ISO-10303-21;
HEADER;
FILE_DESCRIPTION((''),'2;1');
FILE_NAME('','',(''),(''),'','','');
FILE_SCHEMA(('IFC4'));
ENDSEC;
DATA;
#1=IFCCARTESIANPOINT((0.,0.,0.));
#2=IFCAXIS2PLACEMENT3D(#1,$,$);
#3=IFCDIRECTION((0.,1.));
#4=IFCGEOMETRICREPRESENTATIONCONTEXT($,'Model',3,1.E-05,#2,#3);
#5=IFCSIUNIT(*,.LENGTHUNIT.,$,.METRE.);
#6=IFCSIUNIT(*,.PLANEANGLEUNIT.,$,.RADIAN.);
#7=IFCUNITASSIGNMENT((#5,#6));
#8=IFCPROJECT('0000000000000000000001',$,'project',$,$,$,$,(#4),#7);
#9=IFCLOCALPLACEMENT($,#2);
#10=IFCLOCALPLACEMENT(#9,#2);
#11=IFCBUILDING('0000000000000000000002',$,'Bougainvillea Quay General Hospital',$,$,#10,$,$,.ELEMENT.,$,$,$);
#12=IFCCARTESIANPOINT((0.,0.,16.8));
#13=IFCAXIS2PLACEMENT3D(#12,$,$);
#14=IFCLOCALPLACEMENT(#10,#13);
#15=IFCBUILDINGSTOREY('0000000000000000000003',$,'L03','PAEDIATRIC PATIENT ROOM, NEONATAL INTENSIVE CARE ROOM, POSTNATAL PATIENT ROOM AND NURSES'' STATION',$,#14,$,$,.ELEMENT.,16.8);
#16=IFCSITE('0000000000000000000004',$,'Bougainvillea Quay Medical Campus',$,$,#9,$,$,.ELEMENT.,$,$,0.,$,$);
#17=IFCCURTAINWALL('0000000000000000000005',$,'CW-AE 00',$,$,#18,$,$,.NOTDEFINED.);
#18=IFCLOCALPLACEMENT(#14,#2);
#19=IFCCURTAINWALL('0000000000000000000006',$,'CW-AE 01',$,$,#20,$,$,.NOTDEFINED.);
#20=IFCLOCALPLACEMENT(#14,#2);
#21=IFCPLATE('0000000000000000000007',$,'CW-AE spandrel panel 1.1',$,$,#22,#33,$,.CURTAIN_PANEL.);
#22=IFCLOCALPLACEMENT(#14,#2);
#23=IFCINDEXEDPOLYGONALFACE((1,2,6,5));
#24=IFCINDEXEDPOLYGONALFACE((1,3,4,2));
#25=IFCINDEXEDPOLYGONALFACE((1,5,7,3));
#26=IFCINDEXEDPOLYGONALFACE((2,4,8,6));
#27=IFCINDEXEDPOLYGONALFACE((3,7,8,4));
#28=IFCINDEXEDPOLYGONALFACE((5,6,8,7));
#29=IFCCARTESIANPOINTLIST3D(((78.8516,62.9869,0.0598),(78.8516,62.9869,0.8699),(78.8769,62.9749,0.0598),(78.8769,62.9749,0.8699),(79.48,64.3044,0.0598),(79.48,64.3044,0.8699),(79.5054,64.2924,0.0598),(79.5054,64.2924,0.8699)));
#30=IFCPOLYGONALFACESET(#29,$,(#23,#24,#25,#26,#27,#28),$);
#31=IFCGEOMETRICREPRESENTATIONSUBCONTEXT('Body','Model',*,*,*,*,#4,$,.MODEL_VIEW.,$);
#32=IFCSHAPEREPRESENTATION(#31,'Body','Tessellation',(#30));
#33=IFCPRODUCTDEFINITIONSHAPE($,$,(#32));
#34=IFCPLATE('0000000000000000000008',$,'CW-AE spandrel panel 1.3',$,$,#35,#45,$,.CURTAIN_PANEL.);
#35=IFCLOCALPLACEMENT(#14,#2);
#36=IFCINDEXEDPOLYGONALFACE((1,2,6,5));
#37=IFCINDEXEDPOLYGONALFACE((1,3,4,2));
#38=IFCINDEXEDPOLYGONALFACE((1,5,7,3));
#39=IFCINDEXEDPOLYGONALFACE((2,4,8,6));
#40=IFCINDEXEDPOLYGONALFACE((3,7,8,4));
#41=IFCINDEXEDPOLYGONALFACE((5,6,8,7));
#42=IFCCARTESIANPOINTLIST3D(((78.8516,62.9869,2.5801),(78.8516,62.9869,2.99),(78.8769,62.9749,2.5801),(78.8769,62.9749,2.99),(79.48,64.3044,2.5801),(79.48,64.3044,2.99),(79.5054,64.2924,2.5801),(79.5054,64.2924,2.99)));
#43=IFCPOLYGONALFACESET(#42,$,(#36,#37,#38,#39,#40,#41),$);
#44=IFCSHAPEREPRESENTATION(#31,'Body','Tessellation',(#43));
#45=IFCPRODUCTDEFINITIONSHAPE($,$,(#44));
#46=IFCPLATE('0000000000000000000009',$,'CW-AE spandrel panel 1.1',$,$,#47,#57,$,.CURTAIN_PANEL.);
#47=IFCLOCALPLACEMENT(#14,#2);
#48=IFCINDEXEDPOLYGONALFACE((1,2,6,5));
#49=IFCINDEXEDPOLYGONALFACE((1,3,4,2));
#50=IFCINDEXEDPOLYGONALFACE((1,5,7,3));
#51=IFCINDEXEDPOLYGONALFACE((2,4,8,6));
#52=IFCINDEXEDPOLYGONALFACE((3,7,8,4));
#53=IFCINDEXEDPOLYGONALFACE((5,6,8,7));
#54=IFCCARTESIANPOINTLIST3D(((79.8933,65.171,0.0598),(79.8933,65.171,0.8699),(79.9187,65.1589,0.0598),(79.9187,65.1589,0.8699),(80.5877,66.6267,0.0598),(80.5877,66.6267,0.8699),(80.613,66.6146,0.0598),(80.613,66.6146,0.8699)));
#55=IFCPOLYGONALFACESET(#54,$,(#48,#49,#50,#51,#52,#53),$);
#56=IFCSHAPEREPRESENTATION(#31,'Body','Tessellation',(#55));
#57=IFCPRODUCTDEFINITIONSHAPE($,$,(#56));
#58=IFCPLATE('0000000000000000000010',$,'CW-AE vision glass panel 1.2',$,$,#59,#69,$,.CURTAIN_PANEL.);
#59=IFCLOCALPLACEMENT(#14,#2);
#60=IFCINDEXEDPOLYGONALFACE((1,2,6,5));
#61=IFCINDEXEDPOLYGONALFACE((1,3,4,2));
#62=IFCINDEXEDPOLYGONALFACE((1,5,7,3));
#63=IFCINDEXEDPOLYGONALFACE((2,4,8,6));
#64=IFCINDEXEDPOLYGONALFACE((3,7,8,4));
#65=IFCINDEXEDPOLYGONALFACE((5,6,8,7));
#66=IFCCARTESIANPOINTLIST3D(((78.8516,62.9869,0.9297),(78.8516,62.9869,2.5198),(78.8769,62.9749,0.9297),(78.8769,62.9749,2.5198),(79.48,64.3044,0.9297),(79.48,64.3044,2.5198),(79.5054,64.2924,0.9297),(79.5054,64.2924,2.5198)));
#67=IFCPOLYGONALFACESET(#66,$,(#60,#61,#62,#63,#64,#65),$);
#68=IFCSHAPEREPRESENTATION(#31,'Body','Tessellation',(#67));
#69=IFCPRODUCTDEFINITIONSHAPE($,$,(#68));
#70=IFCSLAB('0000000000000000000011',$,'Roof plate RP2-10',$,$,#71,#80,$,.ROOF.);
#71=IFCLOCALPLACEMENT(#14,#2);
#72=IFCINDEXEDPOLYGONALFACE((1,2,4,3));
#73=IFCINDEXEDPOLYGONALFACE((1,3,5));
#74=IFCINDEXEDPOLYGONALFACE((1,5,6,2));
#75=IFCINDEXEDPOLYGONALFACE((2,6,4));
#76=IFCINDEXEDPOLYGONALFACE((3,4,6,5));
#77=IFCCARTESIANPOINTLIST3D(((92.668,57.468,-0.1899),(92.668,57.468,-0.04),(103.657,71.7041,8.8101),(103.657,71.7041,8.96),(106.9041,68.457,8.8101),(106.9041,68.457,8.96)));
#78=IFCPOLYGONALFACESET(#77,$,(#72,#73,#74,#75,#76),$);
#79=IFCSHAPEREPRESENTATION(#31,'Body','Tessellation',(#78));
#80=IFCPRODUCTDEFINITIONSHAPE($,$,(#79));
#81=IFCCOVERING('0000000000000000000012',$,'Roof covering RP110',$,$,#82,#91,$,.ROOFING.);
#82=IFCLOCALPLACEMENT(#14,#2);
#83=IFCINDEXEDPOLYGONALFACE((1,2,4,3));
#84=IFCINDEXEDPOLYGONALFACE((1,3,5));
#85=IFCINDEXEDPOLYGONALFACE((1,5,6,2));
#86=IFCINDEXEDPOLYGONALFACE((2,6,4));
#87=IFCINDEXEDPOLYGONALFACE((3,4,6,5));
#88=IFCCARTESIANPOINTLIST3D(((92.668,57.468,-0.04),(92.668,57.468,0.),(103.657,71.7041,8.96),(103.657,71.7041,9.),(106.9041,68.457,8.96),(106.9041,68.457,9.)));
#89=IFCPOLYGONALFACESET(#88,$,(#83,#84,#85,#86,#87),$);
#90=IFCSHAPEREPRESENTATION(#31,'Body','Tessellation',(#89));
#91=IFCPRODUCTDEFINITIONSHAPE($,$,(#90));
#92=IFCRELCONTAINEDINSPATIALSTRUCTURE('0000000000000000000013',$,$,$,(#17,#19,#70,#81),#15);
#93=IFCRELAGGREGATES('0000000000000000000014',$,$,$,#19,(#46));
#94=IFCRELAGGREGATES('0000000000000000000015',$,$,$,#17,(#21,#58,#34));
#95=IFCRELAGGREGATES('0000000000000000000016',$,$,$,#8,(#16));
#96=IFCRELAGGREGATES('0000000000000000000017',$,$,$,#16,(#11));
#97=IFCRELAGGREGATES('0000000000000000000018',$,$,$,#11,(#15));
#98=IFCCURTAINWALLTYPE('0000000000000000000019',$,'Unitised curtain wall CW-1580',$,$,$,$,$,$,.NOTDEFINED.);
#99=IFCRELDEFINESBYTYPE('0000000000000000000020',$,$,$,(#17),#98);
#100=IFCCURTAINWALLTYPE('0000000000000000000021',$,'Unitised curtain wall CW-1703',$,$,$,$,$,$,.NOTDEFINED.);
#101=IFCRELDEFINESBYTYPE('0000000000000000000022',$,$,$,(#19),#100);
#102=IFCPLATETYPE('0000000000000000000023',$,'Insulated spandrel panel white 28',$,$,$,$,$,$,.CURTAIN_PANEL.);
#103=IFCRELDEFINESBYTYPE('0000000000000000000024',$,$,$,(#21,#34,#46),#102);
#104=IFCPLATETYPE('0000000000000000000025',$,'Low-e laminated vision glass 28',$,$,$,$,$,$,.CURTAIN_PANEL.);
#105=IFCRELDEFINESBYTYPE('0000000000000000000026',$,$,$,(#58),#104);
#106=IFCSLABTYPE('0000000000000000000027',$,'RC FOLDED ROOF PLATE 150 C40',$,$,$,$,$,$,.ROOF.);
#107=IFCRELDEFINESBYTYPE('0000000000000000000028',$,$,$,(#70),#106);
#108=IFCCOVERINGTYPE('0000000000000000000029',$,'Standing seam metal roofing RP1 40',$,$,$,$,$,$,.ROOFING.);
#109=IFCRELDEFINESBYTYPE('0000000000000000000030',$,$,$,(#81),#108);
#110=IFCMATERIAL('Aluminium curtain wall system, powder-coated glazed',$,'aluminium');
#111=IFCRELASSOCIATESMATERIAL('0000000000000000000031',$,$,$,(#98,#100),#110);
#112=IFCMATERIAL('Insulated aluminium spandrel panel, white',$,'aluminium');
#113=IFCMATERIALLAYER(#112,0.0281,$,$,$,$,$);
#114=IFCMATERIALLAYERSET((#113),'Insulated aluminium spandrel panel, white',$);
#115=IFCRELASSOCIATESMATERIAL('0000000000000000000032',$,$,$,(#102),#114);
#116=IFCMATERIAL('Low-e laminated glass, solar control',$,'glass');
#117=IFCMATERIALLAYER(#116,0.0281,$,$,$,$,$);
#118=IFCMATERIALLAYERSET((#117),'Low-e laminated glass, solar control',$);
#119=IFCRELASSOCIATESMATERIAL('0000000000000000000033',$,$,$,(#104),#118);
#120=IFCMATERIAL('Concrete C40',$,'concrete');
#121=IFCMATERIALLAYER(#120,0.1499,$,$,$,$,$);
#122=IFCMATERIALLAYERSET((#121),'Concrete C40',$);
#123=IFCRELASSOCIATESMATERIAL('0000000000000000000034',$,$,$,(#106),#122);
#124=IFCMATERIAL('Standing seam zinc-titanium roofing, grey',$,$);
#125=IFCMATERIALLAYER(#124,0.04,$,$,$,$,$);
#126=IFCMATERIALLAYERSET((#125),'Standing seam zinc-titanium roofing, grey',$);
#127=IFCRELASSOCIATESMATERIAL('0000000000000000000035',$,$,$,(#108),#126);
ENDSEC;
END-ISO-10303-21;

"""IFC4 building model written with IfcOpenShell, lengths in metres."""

from ifc_helpers import new_model, si_unit, direction, frame, origin, origin_2d, place, context, subcontext, project, spatial, polyline, rectangle, outline, extrude, material, layer, layer_set, type_object, element, aggregate, save


model = new_model("IFC4")

# Units and contexts
model_context = context("Model", 3, precision=1e-05, world=origin(), true_north=direction((0.0, 1.0)))
body_context = subcontext(model_context, "Body", "Model", "MODEL_VIEW")
ifc_project = project(units=[si_unit("LENGTHUNIT", "METRE"), si_unit("PLANEANGLEUNIT", "RADIAN")], contexts=[model_context])

# Site, building, storey
site_placement = place(None, origin())
site = spatial("IfcSite", under=ifc_project, at=site_placement, Name="Bougainvillea Quay Medical Campus", CompositionType="ELEMENT", RefElevation=0.0)
building_placement = place(site_placement, origin())
building = spatial("IfcBuilding", under=site, at=building_placement, Name="Bougainvillea Quay General Hospital", CompositionType="ELEMENT")
storey_placement = place(building_placement, frame((0.0, 0.0, 16.8)))
storey = spatial("IfcBuildingStorey", under=building, at=storey_placement, Name="L03", Description="PAEDIATRIC PATIENT ROOM, NEONATAL INTENSIVE CARE ROOM, POSTNATAL PATIENT ROOM AND NURSES' STATION", CompositionType="ELEMENT", Elevation=16.8)

# Shared definitions
ifc_material_1 = material(Name="Concrete C40", Category="concrete")

# Curtain walls
ifc_material_2 = material(Name="Aluminium curtain wall system, powder-coated glazed", Category="aluminium")
curtain_wall_type_1 = type_object("IfcCurtainWallType", Name="Unitised curtain wall CW-1580", PredefinedType="NOTDEFINED", material=ifc_material_2)
curtain_wall_1_placement = place(storey_placement, origin())
curtain_wall_1 = element("IfcCurtainWall", 1, at=curtain_wall_1_placement, inside=storey, type_object=curtain_wall_type_1, Name="CW-AE 00", PredefinedType="NOTDEFINED")
curtain_wall_type_2 = type_object("IfcCurtainWallType", Name="Unitised curtain wall CW-1703", PredefinedType="NOTDEFINED", material=ifc_material_2)
curtain_wall_2_placement = place(storey_placement, origin())
curtain_wall_2 = element("IfcCurtainWall", 2, at=curtain_wall_2_placement, inside=storey, type_object=curtain_wall_type_2, Name="CW-AE 01", PredefinedType="NOTDEFINED")

# Plates
ifc_material_3 = material(Name="Insulated aluminium spandrel panel, white", Category="aluminium")
ifc_layer_1 = layer(ifc_material_3, 0.0281)
ifc_layer_set_1 = layer_set([ifc_layer_1], Name="Insulated aluminium spandrel panel, white")
plate_type_1 = type_object("IfcPlateType", Name="Insulated spandrel panel white 28", PredefinedType="CURTAIN_PANEL", material=ifc_layer_set_1)
plate_1_placement = place(storey_placement, frame((79.1785, 63.6396, 0.0598), z_axis=(0.0, 0.0, 1.0), x_axis=(0.430525, 0.902578, 0.0)))
plate_1 = element("IfcPlate", 3, at=plate_1_placement, type_object=plate_type_1, Name="CW-AE spandrel panel 1.1", PredefinedType="CURTAIN_PANEL", context=body_context, shape_type="SweptSolid", body=[
    extrude(rectangle(XDim=1.4597, YDim=0.0281, at=origin_2d()), origin(), (0.0, 0.0, 1.0), 0.8101),
])
plate_2_placement = place(storey_placement, frame((79.1785, 63.6396, 2.5801), z_axis=(0.0, 0.0, 1.0), x_axis=(0.430525, 0.902578, 0.0)))
plate_2 = element("IfcPlate", 4, at=plate_2_placement, type_object=plate_type_1, Name="CW-AE spandrel panel 1.3", PredefinedType="CURTAIN_PANEL", context=body_context, shape_type="SweptSolid", body=[
    extrude(rectangle(XDim=1.4597, YDim=0.0281, at=origin_2d()), origin(), (0.0, 0.0, 1.0), 0.4099),
])
plate_3_placement = place(storey_placement, frame((80.2532, 65.8928, 0.0598), z_axis=(0.0, 0.0, 1.0), x_axis=(0.430525, 0.902578, 0.0)))
plate_3 = element("IfcPlate", 5, at=plate_3_placement, type_object=plate_type_1, Name="CW-AE spandrel panel 1.1", PredefinedType="CURTAIN_PANEL", context=body_context, shape_type="SweptSolid", body=[
    extrude(rectangle(XDim=1.6128, YDim=0.0281, at=origin_2d()), origin(), (0.0, 0.0, 1.0), 0.8101),
])
aggregate(curtain_wall_2, [plate_3])
ifc_material_4 = material(Name="Low-e laminated glass, solar control", Category="glass")
ifc_layer_2 = layer(ifc_material_4, 0.0281)
ifc_layer_set_2 = layer_set([ifc_layer_2], Name="Low-e laminated glass, solar control")
plate_type_2 = type_object("IfcPlateType", Name="Low-e laminated vision glass 28", PredefinedType="CURTAIN_PANEL", material=ifc_layer_set_2)
plate_4_placement = place(storey_placement, frame((79.1785, 63.6396, 0.9297), z_axis=(0.0, 0.0, 1.0), x_axis=(0.430525, 0.902578, 0.0)))
plate_4 = element("IfcPlate", 6, at=plate_4_placement, type_object=plate_type_2, Name="CW-AE vision glass panel 1.2", PredefinedType="CURTAIN_PANEL", context=body_context, shape_type="SweptSolid", body=[
    extrude(rectangle(XDim=1.4597, YDim=0.0281, at=origin_2d()), origin(), (0.0, 0.0, 1.0), 1.5901),
])
aggregate(curtain_wall_1, [plate_1, plate_4, plate_2])

# Slab
ifc_layer_3 = layer(ifc_material_1, 0.1499)
ifc_layer_set_3 = layer_set([ifc_layer_3], Name="Concrete C40")
slab_type = type_object("IfcSlabType", Name="RC FOLDED ROOF PLATE 150 C40", PredefinedType="ROOF", material=ifc_layer_set_3)
slab_placement = place(storey_placement, frame((92.668, 57.468, -0.04), z_axis=(-0.318536, -0.318536, 0.892788), x_axis=(0.546437, 0.7079, 0.447532)))
element("IfcSlab", 7, at=slab_placement, inside=storey, type_object=slab_type, Name="Roof plate RP2-10", PredefinedType="ROOF", context=body_context, shape_type="SweptSolid", body=[
    extrude(outline(polyline([(0.0, 0.0), (20.1103, 0.0), (19.586, -4.562), (0.0, 0.0)])), origin(), (-0.447532, 0.051432, -0.892788), 0.1499),
])

# Covering
ifc_material_5 = material(Name="Standing seam zinc-titanium roofing, grey")
ifc_layer_4 = layer(ifc_material_5, 0.04)
ifc_layer_set_4 = layer_set([ifc_layer_4], Name="Standing seam zinc-titanium roofing, grey")
covering_type = type_object("IfcCoveringType", Name="Standing seam metal roofing RP1 40", PredefinedType="ROOFING", material=ifc_layer_set_4)
covering_placement = place(storey_placement, frame((92.668, 57.468, 0.0), z_axis=(-0.318536, -0.318536, 0.892788), x_axis=(0.546437, 0.7079, 0.447532)))
element("IfcCovering", 8, at=covering_placement, inside=storey, type_object=covering_type, Name="Roof covering RP110", PredefinedType="ROOFING", context=body_context, shape_type="SweptSolid", body=[
    extrude(outline(polyline([(0.0, 0.0), (20.1103, 0.0), (19.586, -4.562), (0.0, 0.0)])), origin(), (-0.447532, 0.051432, -0.892788), 0.04),
])

save(model, "model.ifc")
